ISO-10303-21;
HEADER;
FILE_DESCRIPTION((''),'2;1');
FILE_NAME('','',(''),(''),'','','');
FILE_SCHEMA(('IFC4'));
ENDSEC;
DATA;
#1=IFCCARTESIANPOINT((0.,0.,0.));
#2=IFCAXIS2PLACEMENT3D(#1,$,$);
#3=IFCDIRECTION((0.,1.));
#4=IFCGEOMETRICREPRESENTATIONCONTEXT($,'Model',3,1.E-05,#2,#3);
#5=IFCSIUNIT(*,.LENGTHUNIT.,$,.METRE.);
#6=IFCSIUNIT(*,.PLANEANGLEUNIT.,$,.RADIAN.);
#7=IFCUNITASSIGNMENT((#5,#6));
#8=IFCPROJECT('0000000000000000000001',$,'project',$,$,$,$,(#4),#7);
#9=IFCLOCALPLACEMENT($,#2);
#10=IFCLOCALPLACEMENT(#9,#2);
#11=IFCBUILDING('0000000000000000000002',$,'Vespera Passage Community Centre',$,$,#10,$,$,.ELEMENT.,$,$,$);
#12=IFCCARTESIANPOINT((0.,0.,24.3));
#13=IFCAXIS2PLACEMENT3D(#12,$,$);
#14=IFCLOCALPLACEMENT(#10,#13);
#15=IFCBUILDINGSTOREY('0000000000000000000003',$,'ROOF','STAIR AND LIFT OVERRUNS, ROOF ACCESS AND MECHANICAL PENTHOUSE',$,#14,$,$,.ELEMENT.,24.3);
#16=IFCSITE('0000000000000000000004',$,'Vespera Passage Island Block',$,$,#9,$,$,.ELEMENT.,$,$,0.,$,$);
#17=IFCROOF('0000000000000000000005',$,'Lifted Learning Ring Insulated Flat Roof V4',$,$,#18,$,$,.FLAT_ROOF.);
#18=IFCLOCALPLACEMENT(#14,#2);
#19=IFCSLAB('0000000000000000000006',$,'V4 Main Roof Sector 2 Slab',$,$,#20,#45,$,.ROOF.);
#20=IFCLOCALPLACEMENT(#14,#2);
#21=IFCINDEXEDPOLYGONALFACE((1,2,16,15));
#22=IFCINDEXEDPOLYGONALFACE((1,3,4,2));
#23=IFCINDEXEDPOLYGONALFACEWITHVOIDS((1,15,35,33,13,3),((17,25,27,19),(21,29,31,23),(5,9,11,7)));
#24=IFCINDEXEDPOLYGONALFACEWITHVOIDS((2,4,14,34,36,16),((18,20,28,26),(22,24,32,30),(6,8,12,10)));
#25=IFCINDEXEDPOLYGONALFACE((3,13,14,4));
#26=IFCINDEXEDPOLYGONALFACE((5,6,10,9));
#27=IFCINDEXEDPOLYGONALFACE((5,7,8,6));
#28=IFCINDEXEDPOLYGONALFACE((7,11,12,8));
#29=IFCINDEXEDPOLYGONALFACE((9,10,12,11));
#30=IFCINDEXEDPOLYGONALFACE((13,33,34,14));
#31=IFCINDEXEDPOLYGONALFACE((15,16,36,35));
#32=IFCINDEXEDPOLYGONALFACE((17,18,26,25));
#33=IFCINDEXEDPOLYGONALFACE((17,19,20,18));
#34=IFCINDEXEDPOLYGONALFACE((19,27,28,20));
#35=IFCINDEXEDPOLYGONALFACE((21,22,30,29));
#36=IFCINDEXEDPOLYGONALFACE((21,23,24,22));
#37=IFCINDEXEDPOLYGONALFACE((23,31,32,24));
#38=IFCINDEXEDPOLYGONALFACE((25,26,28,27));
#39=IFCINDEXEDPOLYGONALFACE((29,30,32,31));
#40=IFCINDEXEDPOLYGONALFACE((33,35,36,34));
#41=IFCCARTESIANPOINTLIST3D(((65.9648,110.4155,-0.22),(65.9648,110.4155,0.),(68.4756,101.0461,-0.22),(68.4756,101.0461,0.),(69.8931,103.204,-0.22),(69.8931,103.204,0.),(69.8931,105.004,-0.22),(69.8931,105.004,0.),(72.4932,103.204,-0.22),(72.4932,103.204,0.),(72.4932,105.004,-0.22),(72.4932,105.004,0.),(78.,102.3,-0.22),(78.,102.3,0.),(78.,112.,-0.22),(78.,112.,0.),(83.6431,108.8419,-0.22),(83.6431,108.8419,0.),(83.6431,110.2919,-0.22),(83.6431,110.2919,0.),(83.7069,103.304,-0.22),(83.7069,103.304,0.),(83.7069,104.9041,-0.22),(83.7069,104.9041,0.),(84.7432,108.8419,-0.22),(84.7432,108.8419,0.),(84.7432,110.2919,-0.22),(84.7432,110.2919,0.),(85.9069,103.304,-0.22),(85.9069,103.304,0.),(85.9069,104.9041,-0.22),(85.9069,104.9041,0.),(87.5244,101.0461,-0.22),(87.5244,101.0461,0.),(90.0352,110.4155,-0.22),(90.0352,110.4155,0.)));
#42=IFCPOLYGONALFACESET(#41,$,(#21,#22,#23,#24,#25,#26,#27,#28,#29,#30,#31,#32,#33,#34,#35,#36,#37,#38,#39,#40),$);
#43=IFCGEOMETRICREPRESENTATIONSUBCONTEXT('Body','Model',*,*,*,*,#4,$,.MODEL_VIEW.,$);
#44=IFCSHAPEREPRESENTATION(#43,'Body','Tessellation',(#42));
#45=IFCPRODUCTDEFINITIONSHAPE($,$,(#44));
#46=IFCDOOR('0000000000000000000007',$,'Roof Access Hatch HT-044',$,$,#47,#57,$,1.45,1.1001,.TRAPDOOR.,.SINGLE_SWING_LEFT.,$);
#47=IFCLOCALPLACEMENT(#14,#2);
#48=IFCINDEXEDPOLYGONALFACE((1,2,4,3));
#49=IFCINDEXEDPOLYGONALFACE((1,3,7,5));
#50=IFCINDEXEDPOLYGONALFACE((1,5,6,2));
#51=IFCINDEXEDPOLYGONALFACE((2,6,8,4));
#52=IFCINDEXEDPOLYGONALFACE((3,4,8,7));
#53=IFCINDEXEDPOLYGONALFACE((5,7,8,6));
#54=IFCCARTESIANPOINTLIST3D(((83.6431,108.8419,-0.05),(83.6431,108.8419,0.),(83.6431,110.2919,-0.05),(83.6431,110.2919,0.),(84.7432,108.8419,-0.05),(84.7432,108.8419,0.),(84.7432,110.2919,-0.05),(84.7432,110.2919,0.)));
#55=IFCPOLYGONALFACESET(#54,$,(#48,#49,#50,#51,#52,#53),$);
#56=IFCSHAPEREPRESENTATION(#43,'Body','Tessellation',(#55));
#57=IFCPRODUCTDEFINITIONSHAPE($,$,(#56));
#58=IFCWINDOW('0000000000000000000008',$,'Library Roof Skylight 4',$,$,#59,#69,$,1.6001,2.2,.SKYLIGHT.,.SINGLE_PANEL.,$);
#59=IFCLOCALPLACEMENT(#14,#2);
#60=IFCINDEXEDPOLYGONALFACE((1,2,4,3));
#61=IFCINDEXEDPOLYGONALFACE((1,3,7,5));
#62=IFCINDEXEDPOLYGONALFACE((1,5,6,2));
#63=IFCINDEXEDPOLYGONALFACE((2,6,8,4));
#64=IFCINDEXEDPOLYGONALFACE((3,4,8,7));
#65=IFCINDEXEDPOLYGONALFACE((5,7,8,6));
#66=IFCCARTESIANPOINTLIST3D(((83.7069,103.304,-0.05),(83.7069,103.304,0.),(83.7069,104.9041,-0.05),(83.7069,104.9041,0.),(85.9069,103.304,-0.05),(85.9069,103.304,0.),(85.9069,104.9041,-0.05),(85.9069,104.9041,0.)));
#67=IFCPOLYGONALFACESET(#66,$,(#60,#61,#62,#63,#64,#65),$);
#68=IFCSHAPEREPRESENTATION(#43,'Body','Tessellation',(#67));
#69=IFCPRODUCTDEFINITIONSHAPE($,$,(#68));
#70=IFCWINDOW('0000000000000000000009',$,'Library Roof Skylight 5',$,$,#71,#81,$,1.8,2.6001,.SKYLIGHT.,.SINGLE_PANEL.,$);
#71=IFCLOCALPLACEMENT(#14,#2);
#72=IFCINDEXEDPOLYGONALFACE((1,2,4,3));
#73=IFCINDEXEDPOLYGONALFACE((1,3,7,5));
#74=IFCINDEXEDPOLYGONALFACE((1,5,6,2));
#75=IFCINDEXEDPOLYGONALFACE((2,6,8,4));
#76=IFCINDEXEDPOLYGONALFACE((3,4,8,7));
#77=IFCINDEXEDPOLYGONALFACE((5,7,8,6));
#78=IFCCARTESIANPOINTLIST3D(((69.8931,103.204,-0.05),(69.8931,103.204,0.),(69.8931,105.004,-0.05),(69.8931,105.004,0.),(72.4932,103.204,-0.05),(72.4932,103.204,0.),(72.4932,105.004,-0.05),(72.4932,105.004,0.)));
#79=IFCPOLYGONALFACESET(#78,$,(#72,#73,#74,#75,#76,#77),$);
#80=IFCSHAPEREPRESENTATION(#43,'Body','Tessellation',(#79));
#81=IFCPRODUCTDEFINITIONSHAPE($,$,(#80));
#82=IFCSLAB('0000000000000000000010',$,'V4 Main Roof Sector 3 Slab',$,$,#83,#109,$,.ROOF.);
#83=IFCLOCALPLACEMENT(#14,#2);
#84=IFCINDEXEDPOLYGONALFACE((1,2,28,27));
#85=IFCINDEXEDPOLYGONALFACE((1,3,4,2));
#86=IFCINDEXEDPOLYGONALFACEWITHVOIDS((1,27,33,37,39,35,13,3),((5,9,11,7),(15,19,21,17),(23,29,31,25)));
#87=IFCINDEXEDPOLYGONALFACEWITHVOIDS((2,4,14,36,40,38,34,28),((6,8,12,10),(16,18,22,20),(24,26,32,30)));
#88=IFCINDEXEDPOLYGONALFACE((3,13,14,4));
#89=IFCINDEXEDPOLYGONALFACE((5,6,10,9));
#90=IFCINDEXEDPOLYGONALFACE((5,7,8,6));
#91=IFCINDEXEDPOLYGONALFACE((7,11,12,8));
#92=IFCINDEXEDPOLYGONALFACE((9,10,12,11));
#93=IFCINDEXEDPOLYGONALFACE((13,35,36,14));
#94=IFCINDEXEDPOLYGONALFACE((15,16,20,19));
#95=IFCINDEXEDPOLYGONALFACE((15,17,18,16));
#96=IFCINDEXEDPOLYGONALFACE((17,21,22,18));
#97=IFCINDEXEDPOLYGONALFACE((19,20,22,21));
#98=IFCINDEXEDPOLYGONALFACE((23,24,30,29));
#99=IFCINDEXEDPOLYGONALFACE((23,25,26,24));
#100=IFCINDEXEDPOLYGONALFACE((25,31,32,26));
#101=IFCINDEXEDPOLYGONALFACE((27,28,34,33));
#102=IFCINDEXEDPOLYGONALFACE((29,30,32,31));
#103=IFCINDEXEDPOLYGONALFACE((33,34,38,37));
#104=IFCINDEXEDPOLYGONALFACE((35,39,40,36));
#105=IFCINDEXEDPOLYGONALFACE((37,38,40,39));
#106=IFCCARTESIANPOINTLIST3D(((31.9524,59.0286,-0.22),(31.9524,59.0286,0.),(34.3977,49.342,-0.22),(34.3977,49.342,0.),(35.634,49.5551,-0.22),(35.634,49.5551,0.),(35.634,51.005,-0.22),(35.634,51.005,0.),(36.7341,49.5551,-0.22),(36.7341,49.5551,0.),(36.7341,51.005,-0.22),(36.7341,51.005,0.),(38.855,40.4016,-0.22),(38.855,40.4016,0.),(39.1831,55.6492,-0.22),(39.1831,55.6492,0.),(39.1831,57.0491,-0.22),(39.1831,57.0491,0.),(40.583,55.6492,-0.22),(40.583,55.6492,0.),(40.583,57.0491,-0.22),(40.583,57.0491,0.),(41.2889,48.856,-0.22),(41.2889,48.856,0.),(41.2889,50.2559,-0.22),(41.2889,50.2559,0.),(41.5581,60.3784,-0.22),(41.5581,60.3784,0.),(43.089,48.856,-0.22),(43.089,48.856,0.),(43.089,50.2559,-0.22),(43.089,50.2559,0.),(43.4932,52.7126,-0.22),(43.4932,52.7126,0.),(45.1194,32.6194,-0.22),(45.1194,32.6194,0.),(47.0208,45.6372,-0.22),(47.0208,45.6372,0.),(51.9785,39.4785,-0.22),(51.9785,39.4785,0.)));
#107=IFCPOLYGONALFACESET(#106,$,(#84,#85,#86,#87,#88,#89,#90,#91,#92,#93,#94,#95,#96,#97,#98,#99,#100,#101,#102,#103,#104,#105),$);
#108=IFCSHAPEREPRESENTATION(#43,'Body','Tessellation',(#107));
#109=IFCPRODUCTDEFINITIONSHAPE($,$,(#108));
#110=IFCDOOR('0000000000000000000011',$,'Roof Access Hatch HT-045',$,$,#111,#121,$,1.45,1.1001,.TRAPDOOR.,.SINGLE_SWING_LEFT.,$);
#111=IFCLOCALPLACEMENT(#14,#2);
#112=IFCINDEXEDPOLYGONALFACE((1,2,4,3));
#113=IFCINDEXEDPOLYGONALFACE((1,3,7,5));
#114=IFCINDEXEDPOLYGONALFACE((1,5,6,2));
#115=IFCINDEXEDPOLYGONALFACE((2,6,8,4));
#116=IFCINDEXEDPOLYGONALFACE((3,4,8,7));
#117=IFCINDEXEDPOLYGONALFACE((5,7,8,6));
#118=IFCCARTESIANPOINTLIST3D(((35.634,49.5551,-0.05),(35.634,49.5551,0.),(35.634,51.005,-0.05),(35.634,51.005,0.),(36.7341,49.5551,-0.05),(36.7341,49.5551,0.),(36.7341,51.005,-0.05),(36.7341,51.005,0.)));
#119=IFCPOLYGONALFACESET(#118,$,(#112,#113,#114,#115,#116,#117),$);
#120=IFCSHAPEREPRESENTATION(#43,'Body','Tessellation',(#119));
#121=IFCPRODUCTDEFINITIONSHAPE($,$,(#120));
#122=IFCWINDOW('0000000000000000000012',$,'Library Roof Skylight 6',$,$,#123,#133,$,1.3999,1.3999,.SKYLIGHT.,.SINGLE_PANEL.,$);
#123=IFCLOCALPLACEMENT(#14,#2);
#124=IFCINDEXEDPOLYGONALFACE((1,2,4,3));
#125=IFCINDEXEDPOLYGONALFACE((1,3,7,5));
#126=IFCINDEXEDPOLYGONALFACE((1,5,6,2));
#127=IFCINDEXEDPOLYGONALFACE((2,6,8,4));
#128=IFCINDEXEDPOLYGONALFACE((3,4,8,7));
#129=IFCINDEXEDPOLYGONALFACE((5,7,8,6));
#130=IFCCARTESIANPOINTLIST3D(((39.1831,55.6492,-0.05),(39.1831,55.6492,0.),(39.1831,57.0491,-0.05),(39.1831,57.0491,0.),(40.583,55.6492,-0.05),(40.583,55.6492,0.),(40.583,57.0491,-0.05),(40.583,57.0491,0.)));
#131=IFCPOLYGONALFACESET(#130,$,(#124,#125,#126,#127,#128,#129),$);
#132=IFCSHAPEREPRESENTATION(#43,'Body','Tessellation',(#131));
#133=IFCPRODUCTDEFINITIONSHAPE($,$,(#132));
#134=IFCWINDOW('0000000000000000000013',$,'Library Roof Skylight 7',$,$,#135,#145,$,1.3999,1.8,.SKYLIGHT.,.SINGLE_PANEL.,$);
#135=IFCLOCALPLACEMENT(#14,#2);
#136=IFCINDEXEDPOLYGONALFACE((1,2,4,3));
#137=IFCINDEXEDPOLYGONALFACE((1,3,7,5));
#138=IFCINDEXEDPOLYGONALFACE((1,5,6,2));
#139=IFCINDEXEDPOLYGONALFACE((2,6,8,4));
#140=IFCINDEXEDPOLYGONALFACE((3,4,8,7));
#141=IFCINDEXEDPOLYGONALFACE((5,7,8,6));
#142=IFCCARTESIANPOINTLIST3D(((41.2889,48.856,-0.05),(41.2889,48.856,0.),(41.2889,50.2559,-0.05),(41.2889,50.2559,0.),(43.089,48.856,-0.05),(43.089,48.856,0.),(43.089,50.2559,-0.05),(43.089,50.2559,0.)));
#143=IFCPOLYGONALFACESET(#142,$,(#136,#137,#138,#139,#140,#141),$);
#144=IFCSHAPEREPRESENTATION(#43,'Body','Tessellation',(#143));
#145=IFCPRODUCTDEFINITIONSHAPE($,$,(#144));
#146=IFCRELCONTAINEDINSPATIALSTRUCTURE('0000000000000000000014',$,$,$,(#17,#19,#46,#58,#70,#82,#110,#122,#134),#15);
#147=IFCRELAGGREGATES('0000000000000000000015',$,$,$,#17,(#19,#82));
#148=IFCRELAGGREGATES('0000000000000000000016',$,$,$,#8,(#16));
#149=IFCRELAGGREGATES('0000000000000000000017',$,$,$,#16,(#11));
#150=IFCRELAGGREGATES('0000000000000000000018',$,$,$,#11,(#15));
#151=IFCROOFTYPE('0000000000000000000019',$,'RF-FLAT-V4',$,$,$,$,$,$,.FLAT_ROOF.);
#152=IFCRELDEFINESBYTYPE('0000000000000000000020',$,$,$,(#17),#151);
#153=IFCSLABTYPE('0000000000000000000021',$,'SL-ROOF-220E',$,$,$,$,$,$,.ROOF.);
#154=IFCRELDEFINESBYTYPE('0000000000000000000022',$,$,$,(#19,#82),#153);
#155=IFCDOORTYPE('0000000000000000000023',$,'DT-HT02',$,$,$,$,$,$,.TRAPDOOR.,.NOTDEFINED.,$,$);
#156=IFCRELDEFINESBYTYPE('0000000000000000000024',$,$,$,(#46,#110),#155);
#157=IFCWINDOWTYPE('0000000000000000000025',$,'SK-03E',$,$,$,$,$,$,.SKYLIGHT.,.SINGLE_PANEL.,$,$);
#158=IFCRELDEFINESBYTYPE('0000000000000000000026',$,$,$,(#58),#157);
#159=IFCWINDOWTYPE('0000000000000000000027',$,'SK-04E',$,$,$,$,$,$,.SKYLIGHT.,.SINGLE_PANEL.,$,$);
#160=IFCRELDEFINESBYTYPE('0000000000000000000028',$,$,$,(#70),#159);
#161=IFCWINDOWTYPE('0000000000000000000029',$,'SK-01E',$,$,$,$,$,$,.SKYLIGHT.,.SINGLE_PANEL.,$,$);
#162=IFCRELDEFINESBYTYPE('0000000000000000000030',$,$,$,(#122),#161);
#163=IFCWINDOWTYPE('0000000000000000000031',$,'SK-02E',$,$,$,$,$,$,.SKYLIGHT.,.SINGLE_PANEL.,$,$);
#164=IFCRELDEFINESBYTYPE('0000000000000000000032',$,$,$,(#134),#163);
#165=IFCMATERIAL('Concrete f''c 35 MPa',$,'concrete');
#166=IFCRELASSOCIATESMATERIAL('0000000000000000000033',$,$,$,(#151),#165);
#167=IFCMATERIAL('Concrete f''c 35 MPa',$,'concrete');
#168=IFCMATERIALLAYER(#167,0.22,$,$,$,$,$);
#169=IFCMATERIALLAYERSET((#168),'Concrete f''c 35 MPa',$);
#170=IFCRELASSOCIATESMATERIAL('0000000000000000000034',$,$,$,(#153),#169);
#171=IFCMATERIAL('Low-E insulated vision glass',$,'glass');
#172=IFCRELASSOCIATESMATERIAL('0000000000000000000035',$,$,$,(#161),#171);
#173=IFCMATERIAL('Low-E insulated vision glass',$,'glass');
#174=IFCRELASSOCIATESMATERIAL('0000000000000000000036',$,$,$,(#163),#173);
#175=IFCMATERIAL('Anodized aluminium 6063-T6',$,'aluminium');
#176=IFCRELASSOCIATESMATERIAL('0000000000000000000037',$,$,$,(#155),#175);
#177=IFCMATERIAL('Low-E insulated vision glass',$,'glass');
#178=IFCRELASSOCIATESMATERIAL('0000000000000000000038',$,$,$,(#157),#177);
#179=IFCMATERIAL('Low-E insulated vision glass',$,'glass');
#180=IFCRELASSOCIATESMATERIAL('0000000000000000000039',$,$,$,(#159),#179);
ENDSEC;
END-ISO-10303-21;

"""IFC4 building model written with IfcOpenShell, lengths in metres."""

from ifc_helpers import new_model, si_unit, direction, frame, origin, origin_2d, place, context, subcontext, project, spatial, polyline, rectangle, outline, extrude, material, layer, layer_set, type_object, element, fill, aggregate, save


model = new_model("IFC4")

# Units and contexts
model_context = context("Model", 3, precision=1e-05, world=origin(), true_north=direction((0.0, 1.0)))
body_context = subcontext(model_context, "Body", "Model", "MODEL_VIEW")
ifc_project = project(units=[si_unit("LENGTHUNIT", "METRE"), si_unit("PLANEANGLEUNIT", "RADIAN")], contexts=[model_context])

# Site, building, storey
site_placement = place(None, origin())
site = spatial("IfcSite", under=ifc_project, at=site_placement, Name="Vespera Passage Island Block", CompositionType="ELEMENT", RefElevation=0.0)
building_placement = place(site_placement, origin())
building = spatial("IfcBuilding", under=site, at=building_placement, Name="Vespera Passage Community Centre", CompositionType="ELEMENT")
storey_placement = place(building_placement, frame((0.0, 0.0, 24.3)))
storey = spatial("IfcBuildingStorey", under=building, at=storey_placement, Name="ROOF", Description="STAIR AND LIFT OVERRUNS, ROOF ACCESS AND MECHANICAL PENTHOUSE", CompositionType="ELEMENT", Elevation=24.3)

# Roof, slabs, openings, doors, windows
ifc_material_1 = material(Name="Concrete f'c 35 MPa", Category="concrete")
roof_type = type_object("IfcRoofType", Name="RF-FLAT-V4", PredefinedType="FLAT_ROOF", material=ifc_material_1)
roof_placement = place(storey_placement, origin())
roof = element("IfcRoof", 1, at=roof_placement, inside=storey, type_object=roof_type, Name="Lifted Learning Ring Insulated Flat Roof V4", PredefinedType="FLAT_ROOF")
ifc_material_2 = material(Name="Concrete f'c 35 MPa", Category="concrete")
ifc_layer_1 = layer(ifc_material_2, 0.22)
ifc_layer_set_1 = layer_set([ifc_layer_1], Name="Concrete f'c 35 MPa")
slab_type_1 = type_object("IfcSlabType", Name="SL-ROOF-220E", PredefinedType="ROOF", material=ifc_layer_set_1)
ifc_material_3 = material(Name="Low-E insulated vision glass", Category="glass")
window_type_1 = type_object("IfcWindowType", Name="SK-01E", PartitioningType="SINGLE_PANEL", PredefinedType="SKYLIGHT", material=ifc_material_3)
ifc_material_4 = material(Name="Low-E insulated vision glass", Category="glass")
window_type_2 = type_object("IfcWindowType", Name="SK-02E", PartitioningType="SINGLE_PANEL", PredefinedType="SKYLIGHT", material=ifc_material_4)
slab_1_placement = place(storey_placement, frame((0.0, 0.0, -0.22)))
slab_1 = element("IfcSlab", 2, at=slab_1_placement, inside=storey, type_object=slab_type_1, Name="V4 Main Roof Sector 2 Slab", PredefinedType="ROOF", context=body_context, shape_type="SweptSolid", body=[
    extrude(outline(polyline([(90.0352, 110.4155), (78.0, 112.0), (65.9648, 110.4155), (68.4756, 101.0461), (78.0, 102.3), (87.5244, 101.0461), (90.0352, 110.4155)])), origin(), (0.0, 0.0, 1.0), 0.22),
])
opening_1_placement = place(slab_1_placement, frame((84.8069, 104.104, 0.0)))
opening_1 = element("IfcOpeningElement", 3, at=opening_1_placement, cuts=slab_1, PredefinedType="OPENING", context=body_context, shape_type="SweptSolid", body=[
    extrude(rectangle(XDim=2.2, YDim=1.6001, at=origin_2d()), frame((0.0, 0.0, -0.01)), (0.0, 0.0, 1.0), 0.24),
])
opening_2_placement = place(slab_1_placement, frame((71.1931, 104.104, 0.0)))
opening_2 = element("IfcOpeningElement", 4, at=opening_2_placement, cuts=slab_1, PredefinedType="OPENING", context=body_context, shape_type="SweptSolid", body=[
    extrude(rectangle(XDim=2.6001, YDim=1.8, at=origin_2d()), frame((0.0, 0.0, -0.01)), (0.0, 0.0, 1.0), 0.24),
])
opening_3_placement = place(slab_1_placement, frame((84.1931, 109.5669, 0.0)))
opening_3 = element("IfcOpeningElement", 5, at=opening_3_placement, cuts=slab_1, PredefinedType="OPENING", context=body_context, shape_type="SweptSolid", body=[
    extrude(rectangle(XDim=1.1001, YDim=1.45, at=origin_2d()), frame((0.0, 0.0, -0.01)), (0.0, 0.0, 1.0), 0.24),
])
ifc_material_5 = material(Name="Anodized aluminium 6063-T6", Category="aluminium")
door_type_1 = type_object("IfcDoorType", Name="DT-HT02", OperationType="NOTDEFINED", PredefinedType="TRAPDOOR", material=ifc_material_5)
door_1_placement = place(opening_3_placement, frame((0.0, 0.0, 0.1699)))
door_1 = element("IfcDoor", 6, at=door_1_placement, inside=storey, type_object=door_type_1, Name="Roof Access Hatch HT-044", OperationType="SINGLE_SWING_LEFT", OverallHeight=1.45, OverallWidth=1.1001, PredefinedType="TRAPDOOR", context=body_context, shape_type="SweptSolid", body=[
    extrude(rectangle(XDim=1.1001, YDim=1.45, at=origin_2d()), origin(), (0.0, 0.0, 1.0), 0.05),
])
fill(opening_3, door_1)
ifc_material_6 = material(Name="Low-E insulated vision glass", Category="glass")
window_type_3 = type_object("IfcWindowType", Name="SK-03E", PartitioningType="SINGLE_PANEL", PredefinedType="SKYLIGHT", material=ifc_material_6)
window_1_placement = place(opening_1_placement, frame((0.0, 0.0, 0.1699)))
window_1 = element("IfcWindow", 7, at=window_1_placement, inside=storey, type_object=window_type_3, Name="Library Roof Skylight 4", OverallHeight=1.6001, OverallWidth=2.2, PartitioningType="SINGLE_PANEL", PredefinedType="SKYLIGHT", context=body_context, shape_type="SweptSolid", body=[
    extrude(rectangle(XDim=2.2, YDim=1.6001, at=origin_2d()), origin(), (0.0, 0.0, 1.0), 0.05),
])
fill(opening_1, window_1)
ifc_material_7 = material(Name="Low-E insulated vision glass", Category="glass")
window_type_4 = type_object("IfcWindowType", Name="SK-04E", PartitioningType="SINGLE_PANEL", PredefinedType="SKYLIGHT", material=ifc_material_7)
window_2_placement = place(opening_2_placement, frame((0.0, 0.0, 0.1699)))
window_2 = element("IfcWindow", 8, at=window_2_placement, inside=storey, type_object=window_type_4, Name="Library Roof Skylight 5", OverallHeight=1.8, OverallWidth=2.6001, PartitioningType="SINGLE_PANEL", PredefinedType="SKYLIGHT", context=body_context, shape_type="SweptSolid", body=[
    extrude(rectangle(XDim=2.6001, YDim=1.8, at=origin_2d()), origin(), (0.0, 0.0, 1.0), 0.05),
])
fill(opening_2, window_2)
slab_2_placement = place(storey_placement, frame((0.0, 0.0, -0.22)))
slab_2 = element("IfcSlab", 9, at=slab_2_placement, inside=storey, type_object=slab_type_1, Name="V4 Main Roof Sector 3 Slab", PredefinedType="ROOF", context=body_context, shape_type="SweptSolid", body=[
    extrude(outline(polyline([(31.9524, 59.0286), (34.3977, 49.342), (38.855, 40.4016), (45.1194, 32.6194), (51.9785, 39.4785), (47.0208, 45.6372), (43.4932, 52.7126), (41.5581, 60.3784), (31.9524, 59.0286)])), origin(), (0.0, 0.0, 1.0), 0.22),
])
opening_4_placement = place(slab_2_placement, frame((39.8831, 56.3491, 0.0)))
opening_4 = element("IfcOpeningElement", 10, at=opening_4_placement, cuts=slab_2, PredefinedType="OPENING", context=body_context, shape_type="SweptSolid", body=[
    extrude(rectangle(XDim=1.3999, YDim=1.3999, at=origin_2d()), frame((0.0, 0.0, -0.01)), (0.0, 0.0, 1.0), 0.24),
])
opening_5_placement = place(slab_2_placement, frame((42.189, 49.5559, 0.0)))
opening_5 = element("IfcOpeningElement", 11, at=opening_5_placement, cuts=slab_2, PredefinedType="OPENING", context=body_context, shape_type="SweptSolid", body=[
    extrude(rectangle(XDim=1.8, YDim=1.3999, at=origin_2d()), frame((0.0, 0.0, -0.01)), (0.0, 0.0, 1.0), 0.24),
])
opening_6_placement = place(slab_2_placement, frame((36.1841, 50.28, 0.0)))
opening_6 = element("IfcOpeningElement", 12, at=opening_6_placement, cuts=slab_2, PredefinedType="OPENING", context=body_context, shape_type="SweptSolid", body=[
    extrude(rectangle(XDim=1.1001, YDim=1.45, at=origin_2d()), frame((0.0, 0.0, -0.01)), (0.0, 0.0, 1.0), 0.24),
])
door_2_placement = place(opening_6_placement, frame((0.0, 0.0, 0.1699)))
door_2 = element("IfcDoor", 13, at=door_2_placement, inside=storey, type_object=door_type_1, Name="Roof Access Hatch HT-045", OperationType="SINGLE_SWING_LEFT", OverallHeight=1.45, OverallWidth=1.1001, PredefinedType="TRAPDOOR", context=body_context, shape_type="SweptSolid", body=[
    extrude(rectangle(XDim=1.1001, YDim=1.45, at=origin_2d()), origin(), (0.0, 0.0, 1.0), 0.05),
])
fill(opening_6, door_2)
window_3_placement = place(opening_4_placement, frame((0.0, 0.0, 0.1699)))
window_3 = element("IfcWindow", 14, at=window_3_placement, inside=storey, type_object=window_type_1, Name="Library Roof Skylight 6", OverallHeight=1.3999, OverallWidth=1.3999, PartitioningType="SINGLE_PANEL", PredefinedType="SKYLIGHT", context=body_context, shape_type="SweptSolid", body=[
    extrude(rectangle(XDim=1.3999, YDim=1.3999, at=origin_2d()), origin(), (0.0, 0.0, 1.0), 0.05),
])
fill(opening_4, window_3)
window_4_placement = place(opening_5_placement, frame((0.0, 0.0, 0.1699)))
window_4 = element("IfcWindow", 15, at=window_4_placement, inside=storey, type_object=window_type_2, Name="Library Roof Skylight 7", OverallHeight=1.3999, OverallWidth=1.8, PartitioningType="SINGLE_PANEL", PredefinedType="SKYLIGHT", context=body_context, shape_type="SweptSolid", body=[
    extrude(rectangle(XDim=1.8, YDim=1.3999, at=origin_2d()), origin(), (0.0, 0.0, 1.0), 0.05),
])
fill(opening_5, window_4)
aggregate(roof, [slab_1, slab_2])

save(model, "model.ifc")
